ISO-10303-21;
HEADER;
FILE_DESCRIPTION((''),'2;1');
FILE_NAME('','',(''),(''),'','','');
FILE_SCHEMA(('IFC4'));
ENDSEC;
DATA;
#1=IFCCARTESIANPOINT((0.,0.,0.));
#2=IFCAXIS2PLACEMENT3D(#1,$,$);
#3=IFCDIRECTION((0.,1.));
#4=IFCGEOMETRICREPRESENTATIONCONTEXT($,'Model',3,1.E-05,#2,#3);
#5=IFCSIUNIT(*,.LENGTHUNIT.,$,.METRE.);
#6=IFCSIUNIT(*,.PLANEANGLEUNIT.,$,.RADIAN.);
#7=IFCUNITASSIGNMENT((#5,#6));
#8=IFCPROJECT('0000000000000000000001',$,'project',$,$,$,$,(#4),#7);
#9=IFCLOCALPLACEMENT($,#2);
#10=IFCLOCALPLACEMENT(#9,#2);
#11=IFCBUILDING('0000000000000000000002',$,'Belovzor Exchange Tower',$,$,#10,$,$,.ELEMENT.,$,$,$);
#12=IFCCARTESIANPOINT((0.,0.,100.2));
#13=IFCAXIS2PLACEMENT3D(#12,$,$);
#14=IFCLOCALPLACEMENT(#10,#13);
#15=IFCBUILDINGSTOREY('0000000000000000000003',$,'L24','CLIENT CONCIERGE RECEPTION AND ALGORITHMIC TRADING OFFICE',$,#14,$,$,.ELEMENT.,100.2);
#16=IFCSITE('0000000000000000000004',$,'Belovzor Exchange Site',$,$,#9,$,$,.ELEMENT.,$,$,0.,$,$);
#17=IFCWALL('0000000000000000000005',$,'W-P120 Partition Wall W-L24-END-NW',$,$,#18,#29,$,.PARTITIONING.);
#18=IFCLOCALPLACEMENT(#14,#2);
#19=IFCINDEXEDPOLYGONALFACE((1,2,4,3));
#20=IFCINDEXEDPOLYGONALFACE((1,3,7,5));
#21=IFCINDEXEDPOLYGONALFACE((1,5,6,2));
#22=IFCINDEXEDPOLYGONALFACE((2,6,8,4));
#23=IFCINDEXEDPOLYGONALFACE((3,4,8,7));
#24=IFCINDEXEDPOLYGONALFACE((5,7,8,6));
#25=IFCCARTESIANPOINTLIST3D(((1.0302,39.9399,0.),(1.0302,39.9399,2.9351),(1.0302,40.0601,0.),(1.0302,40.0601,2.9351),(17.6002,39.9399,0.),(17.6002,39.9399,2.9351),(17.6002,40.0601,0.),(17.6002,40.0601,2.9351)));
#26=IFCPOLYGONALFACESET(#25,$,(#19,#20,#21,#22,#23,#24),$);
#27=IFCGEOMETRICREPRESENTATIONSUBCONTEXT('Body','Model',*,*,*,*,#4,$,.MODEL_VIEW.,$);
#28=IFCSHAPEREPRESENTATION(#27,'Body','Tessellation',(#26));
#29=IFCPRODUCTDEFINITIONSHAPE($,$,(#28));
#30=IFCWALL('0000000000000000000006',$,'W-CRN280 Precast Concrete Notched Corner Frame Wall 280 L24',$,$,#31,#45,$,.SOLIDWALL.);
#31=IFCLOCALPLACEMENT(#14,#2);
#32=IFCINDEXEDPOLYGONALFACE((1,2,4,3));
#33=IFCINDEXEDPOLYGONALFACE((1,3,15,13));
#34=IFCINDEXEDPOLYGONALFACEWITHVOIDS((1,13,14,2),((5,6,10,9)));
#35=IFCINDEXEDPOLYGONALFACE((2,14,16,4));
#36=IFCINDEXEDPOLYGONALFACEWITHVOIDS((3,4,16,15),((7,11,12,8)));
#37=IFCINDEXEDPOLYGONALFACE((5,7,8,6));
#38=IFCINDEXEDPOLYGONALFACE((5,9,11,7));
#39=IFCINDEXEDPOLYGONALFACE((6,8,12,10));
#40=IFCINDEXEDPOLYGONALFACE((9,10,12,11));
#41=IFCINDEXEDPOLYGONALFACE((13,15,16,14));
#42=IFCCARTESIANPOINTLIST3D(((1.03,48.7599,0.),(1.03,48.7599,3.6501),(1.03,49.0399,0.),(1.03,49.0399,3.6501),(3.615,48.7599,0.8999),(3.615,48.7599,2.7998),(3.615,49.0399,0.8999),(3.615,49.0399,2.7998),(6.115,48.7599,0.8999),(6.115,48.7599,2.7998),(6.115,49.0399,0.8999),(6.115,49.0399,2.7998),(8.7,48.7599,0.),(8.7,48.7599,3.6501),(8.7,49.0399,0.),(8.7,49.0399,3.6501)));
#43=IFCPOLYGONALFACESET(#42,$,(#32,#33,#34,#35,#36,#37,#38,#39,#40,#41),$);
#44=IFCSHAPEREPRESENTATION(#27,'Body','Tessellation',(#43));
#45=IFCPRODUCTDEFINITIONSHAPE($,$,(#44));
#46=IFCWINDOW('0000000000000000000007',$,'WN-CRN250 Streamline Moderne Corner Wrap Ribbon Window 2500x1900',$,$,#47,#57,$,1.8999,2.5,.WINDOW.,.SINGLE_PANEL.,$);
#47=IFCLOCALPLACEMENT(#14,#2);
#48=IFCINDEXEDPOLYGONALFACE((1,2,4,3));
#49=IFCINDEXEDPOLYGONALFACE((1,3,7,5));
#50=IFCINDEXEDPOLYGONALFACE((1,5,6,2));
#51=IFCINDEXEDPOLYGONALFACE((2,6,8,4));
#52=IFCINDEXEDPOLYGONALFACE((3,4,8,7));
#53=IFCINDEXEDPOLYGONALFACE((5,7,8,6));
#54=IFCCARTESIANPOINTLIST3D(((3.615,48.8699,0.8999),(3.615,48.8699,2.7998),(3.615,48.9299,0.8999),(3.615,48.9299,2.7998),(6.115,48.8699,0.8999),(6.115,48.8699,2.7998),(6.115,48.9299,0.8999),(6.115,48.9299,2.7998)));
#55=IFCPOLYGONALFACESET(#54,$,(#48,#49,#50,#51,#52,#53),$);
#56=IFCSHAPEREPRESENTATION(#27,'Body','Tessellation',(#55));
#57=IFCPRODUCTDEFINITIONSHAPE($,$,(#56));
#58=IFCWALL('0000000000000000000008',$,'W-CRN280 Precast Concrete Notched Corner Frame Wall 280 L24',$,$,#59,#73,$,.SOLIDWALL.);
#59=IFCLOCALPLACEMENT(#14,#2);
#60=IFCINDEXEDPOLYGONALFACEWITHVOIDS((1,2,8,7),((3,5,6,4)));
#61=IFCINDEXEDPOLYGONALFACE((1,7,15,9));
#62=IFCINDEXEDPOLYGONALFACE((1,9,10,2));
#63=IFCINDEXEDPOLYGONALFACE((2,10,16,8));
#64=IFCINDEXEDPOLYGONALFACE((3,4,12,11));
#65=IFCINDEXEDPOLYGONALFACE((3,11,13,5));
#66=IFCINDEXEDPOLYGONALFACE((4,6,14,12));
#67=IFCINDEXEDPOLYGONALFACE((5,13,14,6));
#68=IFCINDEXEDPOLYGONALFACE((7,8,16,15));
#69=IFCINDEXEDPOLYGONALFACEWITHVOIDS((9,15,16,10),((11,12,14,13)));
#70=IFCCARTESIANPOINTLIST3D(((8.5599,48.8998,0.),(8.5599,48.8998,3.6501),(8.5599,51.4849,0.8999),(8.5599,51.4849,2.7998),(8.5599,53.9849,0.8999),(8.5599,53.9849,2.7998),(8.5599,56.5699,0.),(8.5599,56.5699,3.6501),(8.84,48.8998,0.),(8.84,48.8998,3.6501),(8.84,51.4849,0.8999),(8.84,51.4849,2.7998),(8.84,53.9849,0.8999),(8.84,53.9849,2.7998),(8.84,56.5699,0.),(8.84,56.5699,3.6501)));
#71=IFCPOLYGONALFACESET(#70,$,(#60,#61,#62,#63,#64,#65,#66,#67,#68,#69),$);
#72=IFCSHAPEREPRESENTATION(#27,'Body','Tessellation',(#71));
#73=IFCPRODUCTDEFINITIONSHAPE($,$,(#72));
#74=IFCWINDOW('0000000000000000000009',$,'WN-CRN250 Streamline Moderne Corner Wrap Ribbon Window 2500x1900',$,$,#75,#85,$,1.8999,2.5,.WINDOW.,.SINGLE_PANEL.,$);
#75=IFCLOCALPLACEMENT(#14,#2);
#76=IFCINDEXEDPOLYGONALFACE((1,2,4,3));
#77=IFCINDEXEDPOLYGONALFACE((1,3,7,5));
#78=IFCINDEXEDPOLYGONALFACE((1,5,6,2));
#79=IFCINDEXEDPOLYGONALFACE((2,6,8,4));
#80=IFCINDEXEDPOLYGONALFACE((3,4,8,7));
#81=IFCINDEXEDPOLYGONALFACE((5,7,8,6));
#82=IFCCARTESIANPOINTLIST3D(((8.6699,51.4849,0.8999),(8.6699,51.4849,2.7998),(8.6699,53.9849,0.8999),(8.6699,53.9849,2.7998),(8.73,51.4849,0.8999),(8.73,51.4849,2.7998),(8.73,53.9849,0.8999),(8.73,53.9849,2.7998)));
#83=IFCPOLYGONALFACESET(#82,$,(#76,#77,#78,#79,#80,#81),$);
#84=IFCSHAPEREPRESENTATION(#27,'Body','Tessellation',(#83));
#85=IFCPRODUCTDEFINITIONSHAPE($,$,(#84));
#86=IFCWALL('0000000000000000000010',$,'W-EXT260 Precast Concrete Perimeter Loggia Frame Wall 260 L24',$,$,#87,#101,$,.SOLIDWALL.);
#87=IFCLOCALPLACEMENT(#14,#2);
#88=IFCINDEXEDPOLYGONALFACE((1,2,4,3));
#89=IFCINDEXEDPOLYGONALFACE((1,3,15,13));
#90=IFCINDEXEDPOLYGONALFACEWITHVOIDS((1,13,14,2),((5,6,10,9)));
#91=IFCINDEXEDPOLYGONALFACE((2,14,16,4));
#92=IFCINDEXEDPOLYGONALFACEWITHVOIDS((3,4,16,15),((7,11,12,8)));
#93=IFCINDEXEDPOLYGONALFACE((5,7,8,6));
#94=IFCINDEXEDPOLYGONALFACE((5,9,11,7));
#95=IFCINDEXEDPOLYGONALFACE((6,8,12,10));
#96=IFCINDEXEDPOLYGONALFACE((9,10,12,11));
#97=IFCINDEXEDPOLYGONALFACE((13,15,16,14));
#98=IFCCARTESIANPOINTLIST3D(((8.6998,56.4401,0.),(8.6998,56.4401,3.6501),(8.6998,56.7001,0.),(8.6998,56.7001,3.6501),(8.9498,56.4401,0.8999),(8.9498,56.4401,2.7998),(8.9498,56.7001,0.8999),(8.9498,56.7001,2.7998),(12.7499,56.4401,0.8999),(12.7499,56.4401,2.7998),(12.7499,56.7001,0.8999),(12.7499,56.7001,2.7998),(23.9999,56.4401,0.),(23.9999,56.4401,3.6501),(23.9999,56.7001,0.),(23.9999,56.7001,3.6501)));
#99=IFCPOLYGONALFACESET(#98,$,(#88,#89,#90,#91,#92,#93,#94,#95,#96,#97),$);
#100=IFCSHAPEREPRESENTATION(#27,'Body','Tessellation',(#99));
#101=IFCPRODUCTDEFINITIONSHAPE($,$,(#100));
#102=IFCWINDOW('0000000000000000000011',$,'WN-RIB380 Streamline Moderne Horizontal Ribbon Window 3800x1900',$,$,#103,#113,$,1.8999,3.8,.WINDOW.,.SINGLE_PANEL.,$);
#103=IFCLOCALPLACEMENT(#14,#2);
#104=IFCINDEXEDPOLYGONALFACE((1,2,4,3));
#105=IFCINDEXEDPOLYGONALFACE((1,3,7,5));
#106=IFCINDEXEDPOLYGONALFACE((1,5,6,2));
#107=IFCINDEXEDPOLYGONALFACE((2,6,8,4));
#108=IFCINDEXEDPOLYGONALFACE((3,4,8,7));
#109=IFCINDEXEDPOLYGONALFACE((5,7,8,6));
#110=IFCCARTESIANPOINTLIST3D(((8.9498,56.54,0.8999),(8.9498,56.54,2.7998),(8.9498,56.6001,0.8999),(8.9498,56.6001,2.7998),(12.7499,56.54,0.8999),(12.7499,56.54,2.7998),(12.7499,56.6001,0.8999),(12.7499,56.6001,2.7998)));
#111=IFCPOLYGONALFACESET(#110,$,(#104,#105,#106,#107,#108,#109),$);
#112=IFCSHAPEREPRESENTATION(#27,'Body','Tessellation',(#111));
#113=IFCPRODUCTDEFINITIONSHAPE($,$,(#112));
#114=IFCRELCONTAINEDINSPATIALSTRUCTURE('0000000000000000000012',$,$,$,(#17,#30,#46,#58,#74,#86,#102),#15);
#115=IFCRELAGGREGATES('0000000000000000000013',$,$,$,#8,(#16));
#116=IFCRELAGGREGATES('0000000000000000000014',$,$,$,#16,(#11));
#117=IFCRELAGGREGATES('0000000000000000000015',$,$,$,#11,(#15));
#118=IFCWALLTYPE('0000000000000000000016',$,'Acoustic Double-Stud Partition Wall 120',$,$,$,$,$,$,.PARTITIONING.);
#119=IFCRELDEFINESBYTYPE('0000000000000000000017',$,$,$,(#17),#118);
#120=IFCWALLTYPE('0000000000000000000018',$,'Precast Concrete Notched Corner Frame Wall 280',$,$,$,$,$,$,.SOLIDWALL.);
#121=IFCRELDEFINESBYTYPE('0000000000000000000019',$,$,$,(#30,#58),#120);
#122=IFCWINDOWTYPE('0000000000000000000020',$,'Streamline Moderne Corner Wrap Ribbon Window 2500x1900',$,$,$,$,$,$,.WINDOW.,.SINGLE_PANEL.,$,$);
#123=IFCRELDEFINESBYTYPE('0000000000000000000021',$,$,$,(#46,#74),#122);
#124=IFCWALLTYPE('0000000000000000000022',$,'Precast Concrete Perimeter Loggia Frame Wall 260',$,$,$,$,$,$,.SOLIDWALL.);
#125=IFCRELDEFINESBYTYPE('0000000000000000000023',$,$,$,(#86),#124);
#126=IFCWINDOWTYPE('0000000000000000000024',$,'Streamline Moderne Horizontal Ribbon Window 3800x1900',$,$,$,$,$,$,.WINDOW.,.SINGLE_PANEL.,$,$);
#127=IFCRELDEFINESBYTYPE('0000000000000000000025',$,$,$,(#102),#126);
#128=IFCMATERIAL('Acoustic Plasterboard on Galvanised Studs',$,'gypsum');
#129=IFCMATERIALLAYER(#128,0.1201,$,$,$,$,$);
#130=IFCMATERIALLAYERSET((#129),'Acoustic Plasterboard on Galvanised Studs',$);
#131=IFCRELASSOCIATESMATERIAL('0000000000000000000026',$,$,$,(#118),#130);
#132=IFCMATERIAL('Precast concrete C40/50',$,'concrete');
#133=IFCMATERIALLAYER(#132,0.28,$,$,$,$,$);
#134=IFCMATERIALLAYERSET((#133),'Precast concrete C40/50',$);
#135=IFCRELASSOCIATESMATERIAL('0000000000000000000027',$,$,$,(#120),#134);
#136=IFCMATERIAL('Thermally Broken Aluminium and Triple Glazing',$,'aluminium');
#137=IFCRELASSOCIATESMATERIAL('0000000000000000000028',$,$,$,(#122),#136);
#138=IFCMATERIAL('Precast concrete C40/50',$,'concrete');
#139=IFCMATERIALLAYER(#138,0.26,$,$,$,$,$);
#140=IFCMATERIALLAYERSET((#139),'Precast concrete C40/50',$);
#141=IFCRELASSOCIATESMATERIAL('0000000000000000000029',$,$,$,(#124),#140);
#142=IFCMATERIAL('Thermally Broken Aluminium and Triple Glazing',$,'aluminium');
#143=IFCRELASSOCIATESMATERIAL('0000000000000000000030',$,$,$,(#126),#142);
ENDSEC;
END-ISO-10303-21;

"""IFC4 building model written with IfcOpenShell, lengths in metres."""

from ifc_helpers import new_model, si_unit, direction, frame, frame_2d, origin, place, context, subcontext, project, spatial, rectangle, extrude, material, layer, layer_set, type_object, element, fill, save


model = new_model("IFC4")

# Units and contexts
model_context = context("Model", 3, precision=1e-05, world=origin(), true_north=direction((0.0, 1.0)))
body_context = subcontext(model_context, "Body", "Model", "MODEL_VIEW")
ifc_project = project(units=[si_unit("LENGTHUNIT", "METRE"), si_unit("PLANEANGLEUNIT", "RADIAN")], contexts=[model_context])

# Site, building, storey
site_placement = place(None, origin())
site = spatial("IfcSite", under=ifc_project, at=site_placement, Name="Belovzor Exchange Site", CompositionType="ELEMENT", RefElevation=0.0)
building_placement = place(site_placement, origin())
building = spatial("IfcBuilding", under=site, at=building_placement, Name="Belovzor Exchange Tower", CompositionType="ELEMENT")
storey_placement = place(building_placement, frame((0.0, 0.0, 100.2)))
storey = spatial("IfcBuildingStorey", under=building, at=storey_placement, Name="L24", Description="CLIENT CONCIERGE RECEPTION AND ALGORITHMIC TRADING OFFICE", CompositionType="ELEMENT", Elevation=100.2)

# Wall
ifc_material_1 = material(Name="Acoustic Plasterboard on Galvanised Studs", Category="gypsum")
ifc_layer_1 = layer(ifc_material_1, 0.1201)
ifc_layer_set_1 = layer_set([ifc_layer_1], Name="Acoustic Plasterboard on Galvanised Studs")
wall_type_1 = type_object("IfcWallType", Name="Acoustic Double-Stud Partition Wall 120", PredefinedType="PARTITIONING", material=ifc_layer_set_1)
wall_1_placement = place(storey_placement, frame((1.03, 40.0, 0.0), z_axis=(0.0, 0.0, 1.0), x_axis=(1.0, 0.0, 0.0)))
element("IfcWall", 1, at=wall_1_placement, inside=storey, type_object=wall_type_1, Name="W-P120 Partition Wall W-L24-END-NW", PredefinedType="PARTITIONING", context=body_context, shape_type="SweptSolid", body=[
    extrude(rectangle(XDim=16.5701, YDim=0.1201, at=frame_2d((8.2852, 0.0))), origin(), (0.0, 0.0, 1.0), 2.9351),
])

# Walls, openings, windows
ifc_material_2 = material(Name="Precast concrete C40/50", Category="concrete")
ifc_layer_2 = layer(ifc_material_2, 0.28)
ifc_layer_set_2 = layer_set([ifc_layer_2], Name="Precast concrete C40/50")
wall_type_2 = type_object("IfcWallType", Name="Precast Concrete Notched Corner Frame Wall 280", PredefinedType="SOLIDWALL", material=ifc_layer_set_2)
wall_2_placement = place(storey_placement, frame((1.03, 48.8999, 0.0), z_axis=(0.0, 0.0, 1.0), x_axis=(1.0, 0.0, 0.0)))
wall_2 = element("IfcWall", 2, at=wall_2_placement, inside=storey, type_object=wall_type_2, Name="W-CRN280 Precast Concrete Notched Corner Frame Wall 280 L24", PredefinedType="SOLIDWALL", context=body_context, shape_type="SweptSolid", body=[
    extrude(rectangle(XDim=7.6699, YDim=0.28, at=frame_2d((3.835, 0.0))), origin(), (0.0, 0.0, 1.0), 3.6501),
])
opening_1_placement = place(wall_2_placement, frame((2.585, 0.0, 0.8999)))
opening_1 = element("IfcOpeningElement", 3, at=opening_1_placement, cuts=wall_2, PredefinedType="OPENING", context=body_context, shape_type="SweptSolid", body=[
    extrude(rectangle(XDim=2.5, YDim=1.8999, at=frame_2d((1.25, 0.95))), frame((0.0, 0.1499, 0.0), z_axis=(0.0, -1.0, 0.0), x_axis=(1.0, 0.0, 0.0)), (0.0, 0.0, 1.0), 0.3),
])
ifc_material_3 = material(Name="Thermally Broken Aluminium and Triple Glazing", Category="aluminium")
window_type_1 = type_object("IfcWindowType", Name="Streamline Moderne Corner Wrap Ribbon Window 2500x1900", PartitioningType="SINGLE_PANEL", PredefinedType="WINDOW", material=ifc_material_3)
window_1_placement = place(opening_1_placement, origin())
window_1 = element("IfcWindow", 4, at=window_1_placement, inside=storey, type_object=window_type_1, Name="WN-CRN250 Streamline Moderne Corner Wrap Ribbon Window 2500x1900", OverallHeight=1.8999, OverallWidth=2.5, PartitioningType="SINGLE_PANEL", PredefinedType="WINDOW", context=body_context, shape_type="SweptSolid", body=[
    extrude(rectangle(XDim=2.5, YDim=1.8999, at=frame_2d((1.25, 0.95))), frame((0.0, 0.03, 0.0), z_axis=(0.0, -1.0, 0.0), x_axis=(1.0, 0.0, 0.0)), (0.0, 0.0, 1.0), 0.0601),
])
fill(opening_1, window_1)
wall_3_placement = place(storey_placement, frame((8.7, 48.8999, 0.0), z_axis=(0.0, 0.0, 1.0), x_axis=(0.0, 1.0, 0.0)))
wall_3 = element("IfcWall", 5, at=wall_3_placement, inside=storey, type_object=wall_type_2, Name="W-CRN280 Precast Concrete Notched Corner Frame Wall 280 L24", PredefinedType="SOLIDWALL", context=body_context, shape_type="SweptSolid", body=[
    extrude(rectangle(XDim=7.6702, YDim=0.28, at=frame_2d((3.835, 0.0))), origin(), (0.0, 0.0, 1.0), 3.6501),
])
opening_2_placement = place(wall_3_placement, frame((2.585, 0.0, 0.8999)))
opening_2 = element("IfcOpeningElement", 6, at=opening_2_placement, cuts=wall_3, PredefinedType="OPENING", context=body_context, shape_type="SweptSolid", body=[
    extrude(rectangle(XDim=2.5, YDim=1.8999, at=frame_2d((1.25, 0.95))), frame((0.0, 0.1499, 0.0), z_axis=(0.0, -1.0, 0.0), x_axis=(1.0, 0.0, 0.0)), (0.0, 0.0, 1.0), 0.3),
])
window_2_placement = place(opening_2_placement, origin())
window_2 = element("IfcWindow", 7, at=window_2_placement, inside=storey, type_object=window_type_1, Name="WN-CRN250 Streamline Moderne Corner Wrap Ribbon Window 2500x1900", OverallHeight=1.8999, OverallWidth=2.5, PartitioningType="SINGLE_PANEL", PredefinedType="WINDOW", context=body_context, shape_type="SweptSolid", body=[
    extrude(rectangle(XDim=2.5, YDim=1.8999, at=frame_2d((1.25, 0.95))), frame((0.0, 0.03, 0.0), z_axis=(0.0, -1.0, 0.0), x_axis=(1.0, 0.0, 0.0)), (0.0, 0.0, 1.0), 0.0601),
])
fill(opening_2, window_2)
ifc_material_4 = material(Name="Precast concrete C40/50", Category="concrete")
ifc_layer_3 = layer(ifc_material_4, 0.26)
ifc_layer_set_3 = layer_set([ifc_layer_3], Name="Precast concrete C40/50")
wall_type_3 = type_object("IfcWallType", Name="Precast Concrete Perimeter Loggia Frame Wall 260", PredefinedType="SOLIDWALL", material=ifc_layer_set_3)
wall_4_placement = place(storey_placement, frame((8.7, 56.5701, 0.0), z_axis=(0.0, 0.0, 1.0), x_axis=(1.0, 0.0, 0.0)))
wall_4 = element("IfcWall", 8, at=wall_4_placement, inside=storey, type_object=wall_type_3, Name="W-EXT260 Precast Concrete Perimeter Loggia Frame Wall 260 L24", PredefinedType="SOLIDWALL", context=body_context, shape_type="SweptSolid", body=[
    extrude(rectangle(XDim=15.3, YDim=0.26, at=frame_2d((7.6499, 0.0))), origin(), (0.0, 0.0, 1.0), 3.6501),
])
opening_3_placement = place(wall_4_placement, frame((0.25, 0.0, 0.8999)))
opening_3 = element("IfcOpeningElement", 9, at=opening_3_placement, cuts=wall_4, PredefinedType="OPENING", context=body_context, shape_type="SweptSolid", body=[
    extrude(rectangle(XDim=3.8, YDim=1.8999, at=frame_2d((1.8999, 0.95))), frame((0.0, 0.1399, 0.0), z_axis=(0.0, -1.0, 0.0), x_axis=(1.0, 0.0, 0.0)), (0.0, 0.0, 1.0), 0.28),
])
ifc_material_5 = material(Name="Thermally Broken Aluminium and Triple Glazing", Category="aluminium")
window_type_2 = type_object("IfcWindowType", Name="Streamline Moderne Horizontal Ribbon Window 3800x1900", PartitioningType="SINGLE_PANEL", PredefinedType="WINDOW", material=ifc_material_5)
window_3_placement = place(opening_3_placement, origin())
window_3 = element("IfcWindow", 10, at=window_3_placement, inside=storey, type_object=window_type_2, Name="WN-RIB380 Streamline Moderne Horizontal Ribbon Window 3800x1900", OverallHeight=1.8999, OverallWidth=3.8, PartitioningType="SINGLE_PANEL", PredefinedType="WINDOW", context=body_context, shape_type="SweptSolid", body=[
    extrude(rectangle(XDim=3.8, YDim=1.8999, at=frame_2d((1.8999, 0.95))), frame((0.0, 0.03, 0.0), z_axis=(0.0, -1.0, 0.0), x_axis=(1.0, 0.0, 0.0)), (0.0, 0.0, 1.0), 0.0601),
])
fill(opening_3, window_3)

save(model, "model.ifc")
